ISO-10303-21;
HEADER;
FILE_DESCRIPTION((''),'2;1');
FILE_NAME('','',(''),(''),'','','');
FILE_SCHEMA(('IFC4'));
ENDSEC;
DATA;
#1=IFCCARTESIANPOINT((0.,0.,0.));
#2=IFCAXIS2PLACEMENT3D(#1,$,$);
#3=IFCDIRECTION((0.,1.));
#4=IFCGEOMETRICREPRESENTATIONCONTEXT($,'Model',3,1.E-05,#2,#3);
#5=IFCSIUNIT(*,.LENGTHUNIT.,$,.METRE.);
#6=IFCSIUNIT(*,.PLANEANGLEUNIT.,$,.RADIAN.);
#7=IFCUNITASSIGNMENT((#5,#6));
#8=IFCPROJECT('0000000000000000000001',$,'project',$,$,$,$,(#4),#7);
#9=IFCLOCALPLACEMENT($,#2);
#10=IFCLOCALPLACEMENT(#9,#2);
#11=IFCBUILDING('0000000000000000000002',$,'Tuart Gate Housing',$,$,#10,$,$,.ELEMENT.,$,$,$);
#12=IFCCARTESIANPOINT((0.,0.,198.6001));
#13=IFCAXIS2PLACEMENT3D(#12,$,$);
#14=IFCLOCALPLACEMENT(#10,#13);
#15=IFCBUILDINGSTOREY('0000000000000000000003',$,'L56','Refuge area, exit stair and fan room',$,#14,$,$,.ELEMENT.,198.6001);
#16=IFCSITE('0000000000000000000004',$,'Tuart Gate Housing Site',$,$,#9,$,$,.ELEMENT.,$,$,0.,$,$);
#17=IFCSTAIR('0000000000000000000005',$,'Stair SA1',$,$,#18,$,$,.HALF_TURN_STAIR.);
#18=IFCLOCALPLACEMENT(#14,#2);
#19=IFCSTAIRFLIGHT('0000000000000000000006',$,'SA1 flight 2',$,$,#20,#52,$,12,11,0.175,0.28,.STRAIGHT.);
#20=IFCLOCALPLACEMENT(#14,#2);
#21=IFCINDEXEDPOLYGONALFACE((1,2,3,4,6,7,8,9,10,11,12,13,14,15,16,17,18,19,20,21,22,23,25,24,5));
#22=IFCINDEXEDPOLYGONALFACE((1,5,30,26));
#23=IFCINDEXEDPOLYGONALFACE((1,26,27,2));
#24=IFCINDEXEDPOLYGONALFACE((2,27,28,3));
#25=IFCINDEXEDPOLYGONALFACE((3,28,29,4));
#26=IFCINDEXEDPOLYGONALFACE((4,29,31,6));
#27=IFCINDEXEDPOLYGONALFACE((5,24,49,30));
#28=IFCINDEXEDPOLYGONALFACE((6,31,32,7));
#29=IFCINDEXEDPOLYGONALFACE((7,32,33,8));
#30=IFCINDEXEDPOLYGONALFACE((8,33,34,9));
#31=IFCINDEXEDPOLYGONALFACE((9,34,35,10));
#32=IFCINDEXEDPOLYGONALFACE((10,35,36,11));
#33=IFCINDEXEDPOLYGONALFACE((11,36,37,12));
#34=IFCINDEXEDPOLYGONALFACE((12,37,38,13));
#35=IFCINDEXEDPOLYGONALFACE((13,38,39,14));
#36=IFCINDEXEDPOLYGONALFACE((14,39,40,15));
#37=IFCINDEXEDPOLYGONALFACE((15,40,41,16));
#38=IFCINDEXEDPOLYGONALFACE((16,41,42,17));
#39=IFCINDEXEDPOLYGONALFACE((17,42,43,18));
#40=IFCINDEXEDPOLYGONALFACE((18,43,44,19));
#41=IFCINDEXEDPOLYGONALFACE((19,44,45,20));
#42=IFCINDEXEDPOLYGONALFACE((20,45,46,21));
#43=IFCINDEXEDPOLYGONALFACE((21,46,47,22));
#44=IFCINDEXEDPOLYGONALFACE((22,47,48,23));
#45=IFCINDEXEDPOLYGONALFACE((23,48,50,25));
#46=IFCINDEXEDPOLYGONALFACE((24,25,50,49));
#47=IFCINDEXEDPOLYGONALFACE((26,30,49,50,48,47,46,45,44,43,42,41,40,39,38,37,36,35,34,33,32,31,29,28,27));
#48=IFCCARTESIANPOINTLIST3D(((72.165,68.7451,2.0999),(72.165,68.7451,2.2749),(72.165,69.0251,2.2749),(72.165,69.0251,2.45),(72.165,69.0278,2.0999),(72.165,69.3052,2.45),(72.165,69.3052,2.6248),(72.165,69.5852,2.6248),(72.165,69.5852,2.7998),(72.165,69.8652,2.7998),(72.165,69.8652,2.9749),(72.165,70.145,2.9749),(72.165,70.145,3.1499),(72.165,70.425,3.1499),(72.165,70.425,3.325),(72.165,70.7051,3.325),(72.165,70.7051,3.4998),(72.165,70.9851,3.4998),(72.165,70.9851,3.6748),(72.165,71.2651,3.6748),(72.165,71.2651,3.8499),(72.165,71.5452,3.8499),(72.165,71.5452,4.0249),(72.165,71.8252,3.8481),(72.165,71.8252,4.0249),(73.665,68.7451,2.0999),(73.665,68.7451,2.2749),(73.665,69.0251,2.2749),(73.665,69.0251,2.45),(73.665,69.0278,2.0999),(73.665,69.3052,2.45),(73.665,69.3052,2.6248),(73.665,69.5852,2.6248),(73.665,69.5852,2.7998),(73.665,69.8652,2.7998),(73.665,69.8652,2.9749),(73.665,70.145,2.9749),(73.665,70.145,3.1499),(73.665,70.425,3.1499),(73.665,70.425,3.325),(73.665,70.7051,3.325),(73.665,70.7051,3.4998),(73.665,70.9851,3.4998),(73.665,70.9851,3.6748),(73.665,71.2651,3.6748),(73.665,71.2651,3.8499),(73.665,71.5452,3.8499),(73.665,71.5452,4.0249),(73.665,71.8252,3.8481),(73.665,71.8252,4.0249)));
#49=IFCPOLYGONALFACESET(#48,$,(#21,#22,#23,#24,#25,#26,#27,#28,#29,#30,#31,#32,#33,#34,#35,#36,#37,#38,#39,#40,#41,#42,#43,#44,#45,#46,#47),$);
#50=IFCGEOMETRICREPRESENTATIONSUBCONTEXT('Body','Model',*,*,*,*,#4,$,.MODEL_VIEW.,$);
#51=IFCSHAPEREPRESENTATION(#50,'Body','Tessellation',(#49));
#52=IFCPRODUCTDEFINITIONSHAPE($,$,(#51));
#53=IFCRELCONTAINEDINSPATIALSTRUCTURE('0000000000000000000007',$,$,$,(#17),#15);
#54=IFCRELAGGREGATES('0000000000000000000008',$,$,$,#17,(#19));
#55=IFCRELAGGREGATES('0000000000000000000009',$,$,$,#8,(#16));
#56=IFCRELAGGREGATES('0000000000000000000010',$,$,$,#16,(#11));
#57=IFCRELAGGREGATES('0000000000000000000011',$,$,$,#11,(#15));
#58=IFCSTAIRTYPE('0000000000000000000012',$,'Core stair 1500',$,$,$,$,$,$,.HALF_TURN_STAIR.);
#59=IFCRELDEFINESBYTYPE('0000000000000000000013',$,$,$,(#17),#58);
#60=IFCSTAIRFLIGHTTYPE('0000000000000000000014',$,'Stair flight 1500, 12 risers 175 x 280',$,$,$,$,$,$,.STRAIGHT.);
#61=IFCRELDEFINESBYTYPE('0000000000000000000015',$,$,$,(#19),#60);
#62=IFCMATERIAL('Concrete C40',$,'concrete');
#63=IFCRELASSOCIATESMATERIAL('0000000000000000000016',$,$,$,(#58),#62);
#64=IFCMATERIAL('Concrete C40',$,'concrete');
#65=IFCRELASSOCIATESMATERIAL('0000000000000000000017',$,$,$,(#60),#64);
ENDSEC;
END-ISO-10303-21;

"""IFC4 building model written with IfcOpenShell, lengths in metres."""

from ifc_helpers import new_model, si_unit, direction, frame, origin, place, context, subcontext, project, spatial, polyline, outline, extrude, material, type_object, element, aggregate, save


model = new_model("IFC4")

# Units and contexts
model_context = context("Model", 3, precision=1e-05, world=origin(), true_north=direction((0.0, 1.0)))
body_context = subcontext(model_context, "Body", "Model", "MODEL_VIEW")
ifc_project = project(units=[si_unit("LENGTHUNIT", "METRE"), si_unit("PLANEANGLEUNIT", "RADIAN")], contexts=[model_context])

# Site, building, storey
site_placement = place(None, origin())
site = spatial("IfcSite", under=ifc_project, at=site_placement, Name="Tuart Gate Housing Site", CompositionType="ELEMENT", RefElevation=0.0)
building_placement = place(site_placement, origin())
building = spatial("IfcBuilding", under=site, at=building_placement, Name="Tuart Gate Housing", CompositionType="ELEMENT")
storey_placement = place(building_placement, frame((0.0, 0.0, 198.6001)))
storey = spatial("IfcBuildingStorey", under=building, at=storey_placement, Name="L56", Description="Refuge area, exit stair and fan room", CompositionType="ELEMENT", Elevation=198.6001)

# Stair, stair flight
ifc_material_1 = material(Name="Concrete C40", Category="concrete")
stair_type = type_object("IfcStairType", Name="Core stair 1500", PredefinedType="HALF_TURN_STAIR", material=ifc_material_1)
stair_placement = place(storey_placement, origin())
stair = element("IfcStair", 1, at=stair_placement, inside=storey, type_object=stair_type, Name="Stair SA1", PredefinedType="HALF_TURN_STAIR")
ifc_material_2 = material(Name="Concrete C40", Category="concrete")
stair_flight_type = type_object("IfcStairFlightType", Name="Stair flight 1500, 12 risers 175 x 280", PredefinedType="STRAIGHT", material=ifc_material_2)
stair_flight_1_placement = place(storey_placement, frame((72.915, 68.7451, 2.0999), z_axis=(0.0, 0.0, 1.0), x_axis=(0.0, 1.0, 0.0)))
stair_flight_1 = element("IfcStairFlight", 2, at=stair_flight_1_placement, type_object=stair_flight_type, Name="SA1 flight 2", NumberOfRisers=12, NumberOfTreads=11, PredefinedType="STRAIGHT", RiserHeight=0.175, TreadLength=0.28, context=body_context, shape_type="SweptSolid", body=[
    extrude(outline(polyline([(0.0, 0.0), (0.0, 0.175), (0.28, 0.175), (0.28, 0.3501), (0.5601, 0.3501), (0.5601, 0.5249), (0.8401, 0.5249), (0.8401, 0.7), (1.1201, 0.7), (1.1201, 0.875), (1.3999, 0.875), (1.3999, 1.05), (1.6799, 1.05), (1.6799, 1.2251), (1.96, 1.2251), (1.96, 1.3999), (2.24, 1.3999), (2.24, 1.575), (2.52, 1.575), (2.52, 1.75), (2.8, 1.75), (2.8, 1.925), (3.0801, 1.925), (3.0801, 2.1001), (3.0801, 1.7483), (0.2827, 0.0), (0.0, 0.0)])), frame((0.0, 0.75, 0.0), z_axis=(0.0, -1.0, 0.0), x_axis=(1.0, 0.0, 0.0)), (0.0, 0.0, 1.0), 1.5),
])
aggregate(stair, [stair_flight_1])

save(model, "model.ifc")
